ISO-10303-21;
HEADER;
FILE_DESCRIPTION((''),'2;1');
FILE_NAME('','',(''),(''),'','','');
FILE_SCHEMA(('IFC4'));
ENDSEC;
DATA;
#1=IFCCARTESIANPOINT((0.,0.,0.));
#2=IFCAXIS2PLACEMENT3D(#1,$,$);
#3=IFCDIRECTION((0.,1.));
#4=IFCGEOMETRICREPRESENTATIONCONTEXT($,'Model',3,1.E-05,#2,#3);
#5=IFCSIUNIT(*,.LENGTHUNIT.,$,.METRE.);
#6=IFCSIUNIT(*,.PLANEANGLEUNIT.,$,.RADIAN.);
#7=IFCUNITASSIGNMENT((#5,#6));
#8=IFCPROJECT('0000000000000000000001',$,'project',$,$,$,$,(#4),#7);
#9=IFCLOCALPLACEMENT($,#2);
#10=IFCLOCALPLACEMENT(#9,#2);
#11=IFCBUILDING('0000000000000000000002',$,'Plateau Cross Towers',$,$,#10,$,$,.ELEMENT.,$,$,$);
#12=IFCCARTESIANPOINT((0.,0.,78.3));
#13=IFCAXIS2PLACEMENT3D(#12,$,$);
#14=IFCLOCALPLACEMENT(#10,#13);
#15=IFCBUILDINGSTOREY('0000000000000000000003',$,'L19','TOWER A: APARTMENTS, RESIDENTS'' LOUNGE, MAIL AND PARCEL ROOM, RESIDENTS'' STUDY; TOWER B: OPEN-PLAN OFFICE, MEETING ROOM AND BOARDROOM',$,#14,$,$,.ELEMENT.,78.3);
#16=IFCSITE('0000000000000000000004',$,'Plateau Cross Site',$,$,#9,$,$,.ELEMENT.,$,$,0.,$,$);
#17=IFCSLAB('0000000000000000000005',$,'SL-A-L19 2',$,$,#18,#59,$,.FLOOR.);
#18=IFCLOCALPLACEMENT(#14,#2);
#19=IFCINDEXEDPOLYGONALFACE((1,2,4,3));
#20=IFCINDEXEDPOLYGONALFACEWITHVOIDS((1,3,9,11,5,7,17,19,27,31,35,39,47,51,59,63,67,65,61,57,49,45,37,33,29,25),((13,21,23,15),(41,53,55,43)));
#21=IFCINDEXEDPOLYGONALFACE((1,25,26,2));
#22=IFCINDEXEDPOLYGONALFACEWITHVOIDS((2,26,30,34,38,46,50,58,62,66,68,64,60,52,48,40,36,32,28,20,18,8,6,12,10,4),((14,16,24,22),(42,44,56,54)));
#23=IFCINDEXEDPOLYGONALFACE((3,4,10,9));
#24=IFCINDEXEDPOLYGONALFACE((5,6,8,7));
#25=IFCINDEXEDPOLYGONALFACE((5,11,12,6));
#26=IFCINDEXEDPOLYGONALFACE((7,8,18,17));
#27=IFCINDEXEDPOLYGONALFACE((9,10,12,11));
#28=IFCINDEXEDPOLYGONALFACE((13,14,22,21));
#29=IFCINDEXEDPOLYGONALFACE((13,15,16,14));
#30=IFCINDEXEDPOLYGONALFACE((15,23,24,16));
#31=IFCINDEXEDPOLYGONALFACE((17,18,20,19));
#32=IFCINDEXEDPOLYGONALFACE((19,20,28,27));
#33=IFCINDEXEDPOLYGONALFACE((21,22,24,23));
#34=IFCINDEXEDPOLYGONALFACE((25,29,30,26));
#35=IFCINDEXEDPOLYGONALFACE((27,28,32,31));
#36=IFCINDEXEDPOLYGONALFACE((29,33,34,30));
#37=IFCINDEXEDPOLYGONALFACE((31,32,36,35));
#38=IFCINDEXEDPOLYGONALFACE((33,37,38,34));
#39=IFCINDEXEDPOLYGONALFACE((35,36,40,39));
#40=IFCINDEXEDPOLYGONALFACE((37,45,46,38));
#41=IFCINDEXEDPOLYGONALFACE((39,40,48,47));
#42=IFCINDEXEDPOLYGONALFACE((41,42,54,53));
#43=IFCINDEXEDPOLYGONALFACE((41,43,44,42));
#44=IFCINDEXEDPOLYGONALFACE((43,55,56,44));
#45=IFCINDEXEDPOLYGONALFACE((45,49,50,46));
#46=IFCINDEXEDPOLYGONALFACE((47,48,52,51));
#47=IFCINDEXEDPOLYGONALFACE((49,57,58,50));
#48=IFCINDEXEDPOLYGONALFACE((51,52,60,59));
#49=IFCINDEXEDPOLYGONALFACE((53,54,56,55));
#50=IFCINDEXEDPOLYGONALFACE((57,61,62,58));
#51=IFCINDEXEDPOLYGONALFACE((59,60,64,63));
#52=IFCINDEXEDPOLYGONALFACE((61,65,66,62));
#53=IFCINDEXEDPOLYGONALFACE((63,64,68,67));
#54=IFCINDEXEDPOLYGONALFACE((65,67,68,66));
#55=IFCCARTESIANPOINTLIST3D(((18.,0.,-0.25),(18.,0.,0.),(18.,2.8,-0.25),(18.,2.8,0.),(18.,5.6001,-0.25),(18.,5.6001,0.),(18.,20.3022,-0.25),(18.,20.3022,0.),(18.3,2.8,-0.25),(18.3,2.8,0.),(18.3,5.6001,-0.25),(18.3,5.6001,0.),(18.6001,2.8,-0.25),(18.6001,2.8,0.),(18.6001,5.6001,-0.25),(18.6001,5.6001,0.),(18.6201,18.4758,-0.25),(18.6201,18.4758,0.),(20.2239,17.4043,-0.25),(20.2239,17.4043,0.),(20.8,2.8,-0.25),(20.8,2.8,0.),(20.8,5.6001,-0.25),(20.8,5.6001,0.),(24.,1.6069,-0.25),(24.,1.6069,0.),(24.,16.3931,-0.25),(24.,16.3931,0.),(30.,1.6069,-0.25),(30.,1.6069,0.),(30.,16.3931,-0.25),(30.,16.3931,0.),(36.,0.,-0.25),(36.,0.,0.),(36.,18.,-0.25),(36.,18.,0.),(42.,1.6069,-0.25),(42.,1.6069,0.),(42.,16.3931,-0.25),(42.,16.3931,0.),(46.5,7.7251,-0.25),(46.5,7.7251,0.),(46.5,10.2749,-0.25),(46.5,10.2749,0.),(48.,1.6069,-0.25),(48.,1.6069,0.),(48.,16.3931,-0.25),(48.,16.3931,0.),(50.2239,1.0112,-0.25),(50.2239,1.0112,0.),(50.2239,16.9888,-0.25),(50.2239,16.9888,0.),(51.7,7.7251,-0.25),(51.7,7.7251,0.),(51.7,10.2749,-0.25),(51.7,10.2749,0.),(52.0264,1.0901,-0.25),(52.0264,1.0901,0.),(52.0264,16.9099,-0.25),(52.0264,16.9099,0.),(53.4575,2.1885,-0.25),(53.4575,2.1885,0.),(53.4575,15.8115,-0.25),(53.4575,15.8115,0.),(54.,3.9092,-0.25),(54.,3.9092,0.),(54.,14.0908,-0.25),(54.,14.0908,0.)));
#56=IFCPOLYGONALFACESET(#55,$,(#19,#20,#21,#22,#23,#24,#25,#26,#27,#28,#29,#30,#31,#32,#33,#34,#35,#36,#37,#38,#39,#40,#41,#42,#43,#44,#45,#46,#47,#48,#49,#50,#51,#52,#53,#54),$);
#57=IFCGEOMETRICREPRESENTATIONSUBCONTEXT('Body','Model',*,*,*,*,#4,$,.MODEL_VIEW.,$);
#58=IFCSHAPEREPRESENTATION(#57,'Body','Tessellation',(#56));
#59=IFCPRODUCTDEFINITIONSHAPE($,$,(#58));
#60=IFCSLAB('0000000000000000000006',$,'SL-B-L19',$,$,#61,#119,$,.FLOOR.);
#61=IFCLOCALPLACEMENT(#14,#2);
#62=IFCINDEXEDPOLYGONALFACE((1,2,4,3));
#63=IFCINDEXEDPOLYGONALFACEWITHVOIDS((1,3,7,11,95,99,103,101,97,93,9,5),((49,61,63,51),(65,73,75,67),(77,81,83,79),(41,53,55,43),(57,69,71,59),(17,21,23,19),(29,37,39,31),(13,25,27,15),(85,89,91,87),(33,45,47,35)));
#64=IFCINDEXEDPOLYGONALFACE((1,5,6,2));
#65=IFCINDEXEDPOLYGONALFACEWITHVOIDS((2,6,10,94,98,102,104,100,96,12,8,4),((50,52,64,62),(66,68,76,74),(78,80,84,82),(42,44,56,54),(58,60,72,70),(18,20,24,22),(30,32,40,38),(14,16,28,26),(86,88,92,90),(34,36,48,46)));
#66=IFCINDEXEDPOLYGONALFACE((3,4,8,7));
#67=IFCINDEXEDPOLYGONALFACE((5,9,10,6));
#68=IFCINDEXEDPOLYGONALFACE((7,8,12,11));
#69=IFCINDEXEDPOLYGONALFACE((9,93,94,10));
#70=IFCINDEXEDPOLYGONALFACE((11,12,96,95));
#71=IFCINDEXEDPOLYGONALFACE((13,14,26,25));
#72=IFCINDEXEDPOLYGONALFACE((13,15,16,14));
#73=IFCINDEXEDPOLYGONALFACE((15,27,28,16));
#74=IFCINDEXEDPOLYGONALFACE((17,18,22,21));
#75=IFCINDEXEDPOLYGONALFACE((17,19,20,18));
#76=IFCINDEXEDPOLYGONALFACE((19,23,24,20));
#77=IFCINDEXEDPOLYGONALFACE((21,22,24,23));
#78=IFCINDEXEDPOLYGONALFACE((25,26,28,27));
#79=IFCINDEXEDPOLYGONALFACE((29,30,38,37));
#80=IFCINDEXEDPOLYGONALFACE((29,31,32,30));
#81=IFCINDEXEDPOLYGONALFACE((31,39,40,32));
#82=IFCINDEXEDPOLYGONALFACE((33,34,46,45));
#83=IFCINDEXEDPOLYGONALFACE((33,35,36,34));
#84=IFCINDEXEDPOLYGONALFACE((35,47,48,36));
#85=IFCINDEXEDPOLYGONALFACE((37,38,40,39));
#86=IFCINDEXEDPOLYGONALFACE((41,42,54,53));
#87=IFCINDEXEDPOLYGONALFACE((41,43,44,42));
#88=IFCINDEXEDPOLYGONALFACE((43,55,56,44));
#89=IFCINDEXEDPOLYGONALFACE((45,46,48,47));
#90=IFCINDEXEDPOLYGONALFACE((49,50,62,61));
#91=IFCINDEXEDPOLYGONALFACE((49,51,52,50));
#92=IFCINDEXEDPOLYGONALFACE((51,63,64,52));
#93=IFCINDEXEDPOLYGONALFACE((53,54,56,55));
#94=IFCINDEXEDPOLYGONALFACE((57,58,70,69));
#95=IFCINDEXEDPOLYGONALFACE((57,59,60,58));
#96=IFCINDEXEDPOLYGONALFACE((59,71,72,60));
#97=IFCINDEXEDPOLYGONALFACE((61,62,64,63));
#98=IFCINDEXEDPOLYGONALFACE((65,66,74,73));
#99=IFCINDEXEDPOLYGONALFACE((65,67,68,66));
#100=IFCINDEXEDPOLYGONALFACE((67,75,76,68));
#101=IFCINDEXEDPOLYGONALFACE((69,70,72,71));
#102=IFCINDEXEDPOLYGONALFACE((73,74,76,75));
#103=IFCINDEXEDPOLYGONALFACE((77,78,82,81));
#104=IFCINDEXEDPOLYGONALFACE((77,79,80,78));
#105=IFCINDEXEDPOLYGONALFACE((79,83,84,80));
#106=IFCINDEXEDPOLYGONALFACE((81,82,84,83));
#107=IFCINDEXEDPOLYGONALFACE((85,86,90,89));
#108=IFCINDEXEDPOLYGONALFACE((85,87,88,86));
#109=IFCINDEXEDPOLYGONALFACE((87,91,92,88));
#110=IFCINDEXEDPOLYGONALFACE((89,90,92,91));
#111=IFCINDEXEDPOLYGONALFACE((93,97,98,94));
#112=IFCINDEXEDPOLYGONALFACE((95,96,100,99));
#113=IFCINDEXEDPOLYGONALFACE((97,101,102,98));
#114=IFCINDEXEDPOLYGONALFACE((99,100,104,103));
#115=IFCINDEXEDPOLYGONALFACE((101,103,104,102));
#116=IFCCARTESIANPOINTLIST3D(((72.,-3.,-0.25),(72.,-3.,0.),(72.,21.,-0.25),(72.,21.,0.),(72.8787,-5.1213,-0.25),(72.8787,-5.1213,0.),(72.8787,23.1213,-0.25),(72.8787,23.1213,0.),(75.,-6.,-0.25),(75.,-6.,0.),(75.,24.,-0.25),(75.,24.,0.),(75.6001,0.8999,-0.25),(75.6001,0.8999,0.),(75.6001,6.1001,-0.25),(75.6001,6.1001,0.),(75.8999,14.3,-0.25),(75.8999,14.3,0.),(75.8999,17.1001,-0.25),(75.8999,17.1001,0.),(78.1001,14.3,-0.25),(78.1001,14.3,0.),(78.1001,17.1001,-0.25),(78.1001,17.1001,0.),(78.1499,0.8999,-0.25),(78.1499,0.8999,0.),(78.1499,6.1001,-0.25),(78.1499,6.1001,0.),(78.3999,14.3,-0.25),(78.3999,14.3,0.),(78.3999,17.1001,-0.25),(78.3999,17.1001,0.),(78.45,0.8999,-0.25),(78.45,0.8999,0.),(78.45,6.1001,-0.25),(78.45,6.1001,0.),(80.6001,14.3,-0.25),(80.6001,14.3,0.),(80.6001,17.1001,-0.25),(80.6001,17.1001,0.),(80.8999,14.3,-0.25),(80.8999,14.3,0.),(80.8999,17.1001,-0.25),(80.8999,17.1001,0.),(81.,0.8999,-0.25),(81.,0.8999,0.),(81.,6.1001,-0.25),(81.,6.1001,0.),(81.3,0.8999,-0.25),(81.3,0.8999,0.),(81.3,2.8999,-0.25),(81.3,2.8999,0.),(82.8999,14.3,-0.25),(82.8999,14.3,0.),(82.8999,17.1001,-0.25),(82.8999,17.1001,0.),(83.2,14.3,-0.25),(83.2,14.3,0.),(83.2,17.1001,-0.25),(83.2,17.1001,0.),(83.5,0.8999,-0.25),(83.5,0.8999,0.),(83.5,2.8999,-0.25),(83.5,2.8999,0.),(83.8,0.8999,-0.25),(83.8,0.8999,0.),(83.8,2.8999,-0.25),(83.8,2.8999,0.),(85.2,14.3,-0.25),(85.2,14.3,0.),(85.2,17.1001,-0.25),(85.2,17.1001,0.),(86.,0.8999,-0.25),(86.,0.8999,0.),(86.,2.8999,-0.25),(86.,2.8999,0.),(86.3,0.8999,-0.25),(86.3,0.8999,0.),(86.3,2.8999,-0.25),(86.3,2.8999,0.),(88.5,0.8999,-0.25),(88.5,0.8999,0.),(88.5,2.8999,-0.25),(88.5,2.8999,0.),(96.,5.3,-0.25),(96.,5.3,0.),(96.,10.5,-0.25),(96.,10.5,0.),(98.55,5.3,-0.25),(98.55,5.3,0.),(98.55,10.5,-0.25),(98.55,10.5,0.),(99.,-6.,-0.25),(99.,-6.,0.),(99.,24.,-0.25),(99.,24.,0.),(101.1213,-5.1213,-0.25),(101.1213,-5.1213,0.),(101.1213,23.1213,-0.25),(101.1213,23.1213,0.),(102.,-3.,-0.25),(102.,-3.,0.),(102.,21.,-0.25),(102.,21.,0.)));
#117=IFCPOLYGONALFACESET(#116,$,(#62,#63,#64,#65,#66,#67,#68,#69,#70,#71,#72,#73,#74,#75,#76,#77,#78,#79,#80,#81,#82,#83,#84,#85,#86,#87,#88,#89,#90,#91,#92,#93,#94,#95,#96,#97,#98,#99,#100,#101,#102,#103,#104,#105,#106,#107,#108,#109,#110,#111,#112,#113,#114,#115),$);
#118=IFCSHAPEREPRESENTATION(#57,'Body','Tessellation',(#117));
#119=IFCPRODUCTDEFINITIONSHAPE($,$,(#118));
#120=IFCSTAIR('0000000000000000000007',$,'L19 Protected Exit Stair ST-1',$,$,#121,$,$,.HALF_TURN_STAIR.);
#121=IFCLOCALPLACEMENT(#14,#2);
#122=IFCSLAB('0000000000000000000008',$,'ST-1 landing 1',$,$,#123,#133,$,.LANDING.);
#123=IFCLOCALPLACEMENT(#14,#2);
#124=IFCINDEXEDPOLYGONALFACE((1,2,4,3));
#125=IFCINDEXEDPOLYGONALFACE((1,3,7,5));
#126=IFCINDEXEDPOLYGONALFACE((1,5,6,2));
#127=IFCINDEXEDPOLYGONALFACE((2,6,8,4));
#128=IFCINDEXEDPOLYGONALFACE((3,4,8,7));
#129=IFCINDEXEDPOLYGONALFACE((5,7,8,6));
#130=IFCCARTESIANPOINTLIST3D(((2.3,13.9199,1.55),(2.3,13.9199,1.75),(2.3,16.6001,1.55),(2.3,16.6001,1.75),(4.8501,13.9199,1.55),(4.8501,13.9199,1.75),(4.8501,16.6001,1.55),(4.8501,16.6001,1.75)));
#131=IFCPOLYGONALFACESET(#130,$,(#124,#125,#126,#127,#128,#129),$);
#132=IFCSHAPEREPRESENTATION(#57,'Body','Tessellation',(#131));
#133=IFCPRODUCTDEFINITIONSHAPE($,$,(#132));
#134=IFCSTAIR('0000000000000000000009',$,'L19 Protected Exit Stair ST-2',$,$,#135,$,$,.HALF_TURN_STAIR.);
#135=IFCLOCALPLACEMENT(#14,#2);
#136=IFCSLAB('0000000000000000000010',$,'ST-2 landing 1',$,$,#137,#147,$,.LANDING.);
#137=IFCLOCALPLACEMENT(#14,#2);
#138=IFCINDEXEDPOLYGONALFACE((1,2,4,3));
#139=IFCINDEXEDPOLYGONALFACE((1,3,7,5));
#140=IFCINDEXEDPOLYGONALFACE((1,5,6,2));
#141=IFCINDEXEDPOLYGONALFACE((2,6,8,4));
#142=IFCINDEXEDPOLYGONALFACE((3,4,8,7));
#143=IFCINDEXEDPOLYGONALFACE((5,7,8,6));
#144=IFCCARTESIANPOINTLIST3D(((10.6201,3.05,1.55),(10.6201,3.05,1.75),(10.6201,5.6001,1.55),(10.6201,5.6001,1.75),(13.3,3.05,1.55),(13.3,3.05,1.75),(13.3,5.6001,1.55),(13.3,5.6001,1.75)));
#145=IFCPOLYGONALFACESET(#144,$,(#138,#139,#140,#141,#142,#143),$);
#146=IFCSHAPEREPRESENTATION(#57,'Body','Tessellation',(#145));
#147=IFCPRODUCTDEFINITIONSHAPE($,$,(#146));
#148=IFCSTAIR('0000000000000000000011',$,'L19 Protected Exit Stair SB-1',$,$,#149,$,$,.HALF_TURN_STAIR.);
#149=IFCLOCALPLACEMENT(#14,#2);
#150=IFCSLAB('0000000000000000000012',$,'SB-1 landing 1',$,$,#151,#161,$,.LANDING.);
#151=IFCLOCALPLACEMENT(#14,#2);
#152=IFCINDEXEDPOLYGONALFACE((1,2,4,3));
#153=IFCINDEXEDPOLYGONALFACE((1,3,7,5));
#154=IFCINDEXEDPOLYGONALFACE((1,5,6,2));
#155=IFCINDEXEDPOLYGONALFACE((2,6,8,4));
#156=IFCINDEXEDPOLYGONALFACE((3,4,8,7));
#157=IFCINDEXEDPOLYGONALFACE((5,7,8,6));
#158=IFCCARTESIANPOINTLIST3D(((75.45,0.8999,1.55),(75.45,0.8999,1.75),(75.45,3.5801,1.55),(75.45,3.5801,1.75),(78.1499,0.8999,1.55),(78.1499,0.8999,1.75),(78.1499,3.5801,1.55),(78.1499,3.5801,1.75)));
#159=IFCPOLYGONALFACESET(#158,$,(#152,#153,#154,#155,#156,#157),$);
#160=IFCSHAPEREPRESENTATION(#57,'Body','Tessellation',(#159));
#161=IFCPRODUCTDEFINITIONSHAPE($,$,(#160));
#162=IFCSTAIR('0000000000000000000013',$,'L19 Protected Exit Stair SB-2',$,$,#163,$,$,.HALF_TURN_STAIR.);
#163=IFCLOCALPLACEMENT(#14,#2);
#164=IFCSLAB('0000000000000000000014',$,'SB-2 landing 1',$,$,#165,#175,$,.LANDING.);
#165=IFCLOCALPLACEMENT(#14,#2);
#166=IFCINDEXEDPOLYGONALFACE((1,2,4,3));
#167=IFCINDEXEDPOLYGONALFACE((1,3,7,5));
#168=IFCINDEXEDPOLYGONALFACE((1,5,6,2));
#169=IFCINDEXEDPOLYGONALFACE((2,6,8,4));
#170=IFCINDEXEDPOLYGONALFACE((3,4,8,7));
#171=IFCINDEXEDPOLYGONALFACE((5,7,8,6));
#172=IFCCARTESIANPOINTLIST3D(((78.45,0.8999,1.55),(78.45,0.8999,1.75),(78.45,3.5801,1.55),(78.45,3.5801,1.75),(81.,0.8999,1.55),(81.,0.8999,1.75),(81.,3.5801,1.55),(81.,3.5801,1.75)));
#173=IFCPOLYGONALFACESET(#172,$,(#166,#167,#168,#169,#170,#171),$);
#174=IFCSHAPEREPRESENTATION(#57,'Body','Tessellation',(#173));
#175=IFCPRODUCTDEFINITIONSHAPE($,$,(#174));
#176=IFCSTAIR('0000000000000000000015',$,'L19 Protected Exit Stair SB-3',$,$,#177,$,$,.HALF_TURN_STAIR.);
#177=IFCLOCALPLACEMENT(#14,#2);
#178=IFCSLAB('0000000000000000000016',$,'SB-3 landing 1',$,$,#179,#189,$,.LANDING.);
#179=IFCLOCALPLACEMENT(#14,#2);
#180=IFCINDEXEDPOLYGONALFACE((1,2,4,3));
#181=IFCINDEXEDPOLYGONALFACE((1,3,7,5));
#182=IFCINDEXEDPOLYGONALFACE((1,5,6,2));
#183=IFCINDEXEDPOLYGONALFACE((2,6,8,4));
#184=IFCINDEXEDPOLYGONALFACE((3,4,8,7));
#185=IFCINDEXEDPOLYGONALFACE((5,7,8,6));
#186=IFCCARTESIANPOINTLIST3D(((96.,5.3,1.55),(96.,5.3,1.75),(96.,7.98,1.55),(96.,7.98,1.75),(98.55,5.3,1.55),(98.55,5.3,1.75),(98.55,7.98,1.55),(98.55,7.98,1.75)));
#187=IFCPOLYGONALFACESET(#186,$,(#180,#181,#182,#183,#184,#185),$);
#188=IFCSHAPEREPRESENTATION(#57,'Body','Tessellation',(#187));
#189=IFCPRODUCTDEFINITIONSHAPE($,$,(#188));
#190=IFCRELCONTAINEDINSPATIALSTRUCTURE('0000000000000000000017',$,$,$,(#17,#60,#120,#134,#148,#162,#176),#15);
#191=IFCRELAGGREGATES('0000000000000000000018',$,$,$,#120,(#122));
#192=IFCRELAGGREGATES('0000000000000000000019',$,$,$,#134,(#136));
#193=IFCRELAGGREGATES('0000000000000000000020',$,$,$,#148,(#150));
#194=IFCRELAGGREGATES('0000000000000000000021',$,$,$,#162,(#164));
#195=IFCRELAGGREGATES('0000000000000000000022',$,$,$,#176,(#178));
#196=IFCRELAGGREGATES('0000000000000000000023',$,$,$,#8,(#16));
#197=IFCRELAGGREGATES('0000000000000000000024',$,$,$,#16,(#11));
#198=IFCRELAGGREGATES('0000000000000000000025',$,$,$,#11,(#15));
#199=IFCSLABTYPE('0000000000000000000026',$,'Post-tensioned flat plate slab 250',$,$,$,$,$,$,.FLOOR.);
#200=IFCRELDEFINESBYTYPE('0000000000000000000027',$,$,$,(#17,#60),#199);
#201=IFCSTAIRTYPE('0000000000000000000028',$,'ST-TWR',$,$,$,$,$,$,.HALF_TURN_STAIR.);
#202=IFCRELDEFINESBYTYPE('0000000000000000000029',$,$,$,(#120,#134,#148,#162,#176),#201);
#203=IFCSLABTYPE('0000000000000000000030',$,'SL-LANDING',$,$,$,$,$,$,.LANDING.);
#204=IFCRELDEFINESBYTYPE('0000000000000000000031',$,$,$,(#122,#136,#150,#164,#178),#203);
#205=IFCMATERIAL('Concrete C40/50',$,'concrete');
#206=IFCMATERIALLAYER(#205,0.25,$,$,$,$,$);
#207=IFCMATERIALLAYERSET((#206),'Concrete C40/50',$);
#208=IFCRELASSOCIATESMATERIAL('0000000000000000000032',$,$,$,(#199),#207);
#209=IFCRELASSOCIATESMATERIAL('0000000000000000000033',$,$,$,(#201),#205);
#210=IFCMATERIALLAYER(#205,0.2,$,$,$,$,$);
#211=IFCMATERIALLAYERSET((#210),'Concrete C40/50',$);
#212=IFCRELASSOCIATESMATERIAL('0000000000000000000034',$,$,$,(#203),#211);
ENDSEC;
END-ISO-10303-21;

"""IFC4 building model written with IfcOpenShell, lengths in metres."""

from ifc_helpers import new_model, si_unit, direction, frame, origin, place, context, subcontext, project, spatial, polyline, outline, extrude, material, layer, layer_set, type_object, element, aggregate, save


model = new_model("IFC4")

# Units and contexts
model_context = context("Model", 3, precision=1e-05, world=origin(), true_north=direction((0.0, 1.0)))
body_context = subcontext(model_context, "Body", "Model", "MODEL_VIEW")
ifc_project = project(units=[si_unit("LENGTHUNIT", "METRE"), si_unit("PLANEANGLEUNIT", "RADIAN")], contexts=[model_context])

# Site, building, storey
site_placement = place(None, origin())
site = spatial("IfcSite", under=ifc_project, at=site_placement, Name="Plateau Cross Site", CompositionType="ELEMENT", RefElevation=0.0)
building_placement = place(site_placement, origin())
building = spatial("IfcBuilding", under=site, at=building_placement, Name="Plateau Cross Towers", CompositionType="ELEMENT")
storey_placement = place(building_placement, frame((0.0, 0.0, 78.3)))
storey = spatial("IfcBuildingStorey", under=building, at=storey_placement, Name="L19", Description="TOWER A: APARTMENTS, RESIDENTS' LOUNGE, MAIL AND PARCEL ROOM, RESIDENTS' STUDY; TOWER B: OPEN-PLAN OFFICE, MEETING ROOM AND BOARDROOM", CompositionType="ELEMENT", Elevation=78.3)

# Shared definitions
ifc_material_1 = material(Name="Concrete C40/50", Category="concrete")

# Slabs
ifc_layer_1 = layer(ifc_material_1, 0.25)
ifc_layer_set_1 = layer_set([ifc_layer_1], Name="Concrete C40/50")
slab_type_1 = type_object("IfcSlabType", Name="Post-tensioned flat plate slab 250", PredefinedType="FLOOR", material=ifc_layer_set_1)
slab_1_placement = place(storey_placement, frame((0.0, 0.0, -0.25)))
element("IfcSlab", 1, at=slab_1_placement, inside=storey, type_object=slab_type_1, Name="SL-A-L19 2", PredefinedType="FLOOR", context=body_context, shape_type="SweptSolid", body=[
    extrude(outline(polyline([(18.6201, 18.4758), (20.2239, 17.4043), (24.0, 16.3931), (30.0, 16.3931), (36.0, 18.0), (42.0, 16.3931), (48.0, 16.3931), (50.2239, 16.9888), (52.0264, 16.9099), (53.4575, 15.8115), (54.0, 14.0908), (54.0, 3.9092), (53.4575, 2.1885), (52.0264, 1.0901), (50.2239, 1.0112), (48.0, 1.6069), (42.0, 1.6069), (36.0, 0.0), (30.0, 1.6069), (24.0, 1.6069), (18.0, 0.0), (18.0, 2.8), (18.3, 2.8), (18.3, 5.6001), (18.0, 5.6001), (18.0, 20.3022), (18.6201, 18.4758)]), holes=[polyline([(20.8, 5.6001), (18.6001, 5.6001), (18.6001, 2.8), (20.8, 2.8), (20.8, 5.6001)]), polyline([(51.7, 7.7251), (51.7, 10.2749), (46.5, 10.2749), (46.5, 7.7251), (51.7, 7.7251)])]), origin(), (0.0, 0.0, 1.0), 0.25),
])
slab_2_placement = place(storey_placement, frame((0.0, 0.0, -0.25)))
element("IfcSlab", 2, at=slab_2_placement, inside=storey, type_object=slab_type_1, Name="SL-B-L19", PredefinedType="FLOOR", context=body_context, shape_type="SweptSolid", body=[
    extrude(outline(polyline([(72.8787, -5.1213), (72.0, -3.0), (72.0, 21.0), (72.8787, 23.1213), (75.0, 24.0), (99.0, 24.0), (101.1213, 23.1213), (102.0, 21.0), (102.0, -3.0), (101.1213, -5.1213), (99.0, -6.0), (75.0, -6.0), (72.8787, -5.1213)]), holes=[polyline([(75.6001, 0.8999), (78.1499, 0.8999), (78.1499, 6.1001), (75.6001, 6.1001), (75.6001, 0.8999)]), polyline([(78.1001, 14.3), (78.1001, 17.1001), (75.8999, 17.1001), (75.8999, 14.3), (78.1001, 14.3)]), polyline([(83.5, 0.8999), (83.5, 2.8999), (81.3, 2.8999), (81.3, 0.8999), (83.5, 0.8999)]), polyline([(86.0, 0.8999), (86.0, 2.8999), (83.8, 2.8999), (83.8, 0.8999), (86.0, 0.8999)]), polyline([(88.5, 0.8999), (88.5, 2.8999), (86.3, 2.8999), (86.3, 0.8999), (88.5, 0.8999)]), polyline([(78.45, 0.8999), (81.0, 0.8999), (81.0, 6.1001), (78.45, 6.1001), (78.45, 0.8999)]), polyline([(96.0, 5.3), (98.55, 5.3), (98.55, 10.5), (96.0, 10.5), (96.0, 5.3)]), polyline([(80.6001, 14.3), (80.6001, 17.1001), (78.3999, 17.1001), (78.3999, 14.3), (80.6001, 14.3)]), polyline([(80.8999, 14.3), (82.8999, 14.3), (82.8999, 17.1001), (80.8999, 17.1001), (80.8999, 14.3)]), polyline([(83.2, 14.3), (85.2, 14.3), (85.2, 17.1001), (83.2, 17.1001), (83.2, 14.3)])]), origin(), (0.0, 0.0, 1.0), 0.25),
])

# Stairs, slabs
stair_type = type_object("IfcStairType", Name="ST-TWR", PredefinedType="HALF_TURN_STAIR", material=ifc_material_1)
stair_1_placement = place(storey_placement, origin())
stair_1 = element("IfcStair", 3, at=stair_1_placement, inside=storey, type_object=stair_type, Name="L19 Protected Exit Stair ST-1", PredefinedType="HALF_TURN_STAIR")
ifc_layer_2 = layer(ifc_material_1, 0.2)
ifc_layer_set_2 = layer_set([ifc_layer_2], Name="Concrete C40/50")
slab_type_2 = type_object("IfcSlabType", Name="SL-LANDING", PredefinedType="LANDING", material=ifc_layer_set_2)
slab_3_placement = place(storey_placement, frame((0.0, 0.0, 1.55)))
slab_3 = element("IfcSlab", 4, at=slab_3_placement, type_object=slab_type_2, Name="ST-1 landing 1", PredefinedType="LANDING", context=body_context, shape_type="SweptSolid", body=[
    extrude(outline(polyline([(4.8501, 13.9199), (4.8501, 16.6001), (2.3, 16.6001), (2.3, 13.9199), (4.8501, 13.9199)])), origin(), (0.0, 0.0, 1.0), 0.2),
])
aggregate(stair_1, [slab_3])
stair_2_placement = place(storey_placement, origin())
stair_2 = element("IfcStair", 5, at=stair_2_placement, inside=storey, type_object=stair_type, Name="L19 Protected Exit Stair ST-2", PredefinedType="HALF_TURN_STAIR")
slab_4_placement = place(storey_placement, frame((0.0, 0.0, 1.55)))
slab_4 = element("IfcSlab", 6, at=slab_4_placement, type_object=slab_type_2, Name="ST-2 landing 1", PredefinedType="LANDING", context=body_context, shape_type="SweptSolid", body=[
    extrude(outline(polyline([(10.6201, 3.05), (13.3, 3.05), (13.3, 5.6001), (10.6201, 5.6001), (10.6201, 3.05)])), origin(), (0.0, 0.0, 1.0), 0.2),
])
aggregate(stair_2, [slab_4])
stair_3_placement = place(storey_placement, origin())
stair_3 = element("IfcStair", 7, at=stair_3_placement, inside=storey, type_object=stair_type, Name="L19 Protected Exit Stair SB-1", PredefinedType="HALF_TURN_STAIR")
slab_5_placement = place(storey_placement, frame((0.0, 0.0, 1.55)))
slab_5 = element("IfcSlab", 8, at=slab_5_placement, type_object=slab_type_2, Name="SB-1 landing 1", PredefinedType="LANDING", context=body_context, shape_type="SweptSolid", body=[
    extrude(outline(polyline([(75.45, 3.5801), (75.45, 0.8999), (78.1499, 0.8999), (78.1499, 3.5801), (75.45, 3.5801)])), origin(), (0.0, 0.0, 1.0), 0.2),
])
aggregate(stair_3, [slab_5])
stair_4_placement = place(storey_placement, origin())
stair_4 = element("IfcStair", 9, at=stair_4_placement, inside=storey, type_object=stair_type, Name="L19 Protected Exit Stair SB-2", PredefinedType="HALF_TURN_STAIR")
slab_6_placement = place(storey_placement, frame((0.0, 0.0, 1.55)))
slab_6 = element("IfcSlab", 10, at=slab_6_placement, type_object=slab_type_2, Name="SB-2 landing 1", PredefinedType="LANDING", context=body_context, shape_type="SweptSolid", body=[
    extrude(outline(polyline([(78.45, 3.5801), (78.45, 0.8999), (81.0, 0.8999), (81.0, 3.5801), (78.45, 3.5801)])), origin(), (0.0, 0.0, 1.0), 0.2),
])
aggregate(stair_4, [slab_6])
stair_5_placement = place(storey_placement, origin())
stair_5 = element("IfcStair", 11, at=stair_5_placement, inside=storey, type_object=stair_type, Name="L19 Protected Exit Stair SB-3", PredefinedType="HALF_TURN_STAIR")
slab_7_placement = place(storey_placement, frame((0.0, 0.0, 1.55)))
slab_7 = element("IfcSlab", 12, at=slab_7_placement, type_object=slab_type_2, Name="SB-3 landing 1", PredefinedType="LANDING", context=body_context, shape_type="SweptSolid", body=[
    extrude(outline(polyline([(96.0, 7.98), (96.0, 5.3), (98.55, 5.3), (98.55, 7.98), (96.0, 7.98)])), origin(), (0.0, 0.0, 1.0), 0.2),
])
aggregate(stair_5, [slab_7])

save(model, "model.ifc")
